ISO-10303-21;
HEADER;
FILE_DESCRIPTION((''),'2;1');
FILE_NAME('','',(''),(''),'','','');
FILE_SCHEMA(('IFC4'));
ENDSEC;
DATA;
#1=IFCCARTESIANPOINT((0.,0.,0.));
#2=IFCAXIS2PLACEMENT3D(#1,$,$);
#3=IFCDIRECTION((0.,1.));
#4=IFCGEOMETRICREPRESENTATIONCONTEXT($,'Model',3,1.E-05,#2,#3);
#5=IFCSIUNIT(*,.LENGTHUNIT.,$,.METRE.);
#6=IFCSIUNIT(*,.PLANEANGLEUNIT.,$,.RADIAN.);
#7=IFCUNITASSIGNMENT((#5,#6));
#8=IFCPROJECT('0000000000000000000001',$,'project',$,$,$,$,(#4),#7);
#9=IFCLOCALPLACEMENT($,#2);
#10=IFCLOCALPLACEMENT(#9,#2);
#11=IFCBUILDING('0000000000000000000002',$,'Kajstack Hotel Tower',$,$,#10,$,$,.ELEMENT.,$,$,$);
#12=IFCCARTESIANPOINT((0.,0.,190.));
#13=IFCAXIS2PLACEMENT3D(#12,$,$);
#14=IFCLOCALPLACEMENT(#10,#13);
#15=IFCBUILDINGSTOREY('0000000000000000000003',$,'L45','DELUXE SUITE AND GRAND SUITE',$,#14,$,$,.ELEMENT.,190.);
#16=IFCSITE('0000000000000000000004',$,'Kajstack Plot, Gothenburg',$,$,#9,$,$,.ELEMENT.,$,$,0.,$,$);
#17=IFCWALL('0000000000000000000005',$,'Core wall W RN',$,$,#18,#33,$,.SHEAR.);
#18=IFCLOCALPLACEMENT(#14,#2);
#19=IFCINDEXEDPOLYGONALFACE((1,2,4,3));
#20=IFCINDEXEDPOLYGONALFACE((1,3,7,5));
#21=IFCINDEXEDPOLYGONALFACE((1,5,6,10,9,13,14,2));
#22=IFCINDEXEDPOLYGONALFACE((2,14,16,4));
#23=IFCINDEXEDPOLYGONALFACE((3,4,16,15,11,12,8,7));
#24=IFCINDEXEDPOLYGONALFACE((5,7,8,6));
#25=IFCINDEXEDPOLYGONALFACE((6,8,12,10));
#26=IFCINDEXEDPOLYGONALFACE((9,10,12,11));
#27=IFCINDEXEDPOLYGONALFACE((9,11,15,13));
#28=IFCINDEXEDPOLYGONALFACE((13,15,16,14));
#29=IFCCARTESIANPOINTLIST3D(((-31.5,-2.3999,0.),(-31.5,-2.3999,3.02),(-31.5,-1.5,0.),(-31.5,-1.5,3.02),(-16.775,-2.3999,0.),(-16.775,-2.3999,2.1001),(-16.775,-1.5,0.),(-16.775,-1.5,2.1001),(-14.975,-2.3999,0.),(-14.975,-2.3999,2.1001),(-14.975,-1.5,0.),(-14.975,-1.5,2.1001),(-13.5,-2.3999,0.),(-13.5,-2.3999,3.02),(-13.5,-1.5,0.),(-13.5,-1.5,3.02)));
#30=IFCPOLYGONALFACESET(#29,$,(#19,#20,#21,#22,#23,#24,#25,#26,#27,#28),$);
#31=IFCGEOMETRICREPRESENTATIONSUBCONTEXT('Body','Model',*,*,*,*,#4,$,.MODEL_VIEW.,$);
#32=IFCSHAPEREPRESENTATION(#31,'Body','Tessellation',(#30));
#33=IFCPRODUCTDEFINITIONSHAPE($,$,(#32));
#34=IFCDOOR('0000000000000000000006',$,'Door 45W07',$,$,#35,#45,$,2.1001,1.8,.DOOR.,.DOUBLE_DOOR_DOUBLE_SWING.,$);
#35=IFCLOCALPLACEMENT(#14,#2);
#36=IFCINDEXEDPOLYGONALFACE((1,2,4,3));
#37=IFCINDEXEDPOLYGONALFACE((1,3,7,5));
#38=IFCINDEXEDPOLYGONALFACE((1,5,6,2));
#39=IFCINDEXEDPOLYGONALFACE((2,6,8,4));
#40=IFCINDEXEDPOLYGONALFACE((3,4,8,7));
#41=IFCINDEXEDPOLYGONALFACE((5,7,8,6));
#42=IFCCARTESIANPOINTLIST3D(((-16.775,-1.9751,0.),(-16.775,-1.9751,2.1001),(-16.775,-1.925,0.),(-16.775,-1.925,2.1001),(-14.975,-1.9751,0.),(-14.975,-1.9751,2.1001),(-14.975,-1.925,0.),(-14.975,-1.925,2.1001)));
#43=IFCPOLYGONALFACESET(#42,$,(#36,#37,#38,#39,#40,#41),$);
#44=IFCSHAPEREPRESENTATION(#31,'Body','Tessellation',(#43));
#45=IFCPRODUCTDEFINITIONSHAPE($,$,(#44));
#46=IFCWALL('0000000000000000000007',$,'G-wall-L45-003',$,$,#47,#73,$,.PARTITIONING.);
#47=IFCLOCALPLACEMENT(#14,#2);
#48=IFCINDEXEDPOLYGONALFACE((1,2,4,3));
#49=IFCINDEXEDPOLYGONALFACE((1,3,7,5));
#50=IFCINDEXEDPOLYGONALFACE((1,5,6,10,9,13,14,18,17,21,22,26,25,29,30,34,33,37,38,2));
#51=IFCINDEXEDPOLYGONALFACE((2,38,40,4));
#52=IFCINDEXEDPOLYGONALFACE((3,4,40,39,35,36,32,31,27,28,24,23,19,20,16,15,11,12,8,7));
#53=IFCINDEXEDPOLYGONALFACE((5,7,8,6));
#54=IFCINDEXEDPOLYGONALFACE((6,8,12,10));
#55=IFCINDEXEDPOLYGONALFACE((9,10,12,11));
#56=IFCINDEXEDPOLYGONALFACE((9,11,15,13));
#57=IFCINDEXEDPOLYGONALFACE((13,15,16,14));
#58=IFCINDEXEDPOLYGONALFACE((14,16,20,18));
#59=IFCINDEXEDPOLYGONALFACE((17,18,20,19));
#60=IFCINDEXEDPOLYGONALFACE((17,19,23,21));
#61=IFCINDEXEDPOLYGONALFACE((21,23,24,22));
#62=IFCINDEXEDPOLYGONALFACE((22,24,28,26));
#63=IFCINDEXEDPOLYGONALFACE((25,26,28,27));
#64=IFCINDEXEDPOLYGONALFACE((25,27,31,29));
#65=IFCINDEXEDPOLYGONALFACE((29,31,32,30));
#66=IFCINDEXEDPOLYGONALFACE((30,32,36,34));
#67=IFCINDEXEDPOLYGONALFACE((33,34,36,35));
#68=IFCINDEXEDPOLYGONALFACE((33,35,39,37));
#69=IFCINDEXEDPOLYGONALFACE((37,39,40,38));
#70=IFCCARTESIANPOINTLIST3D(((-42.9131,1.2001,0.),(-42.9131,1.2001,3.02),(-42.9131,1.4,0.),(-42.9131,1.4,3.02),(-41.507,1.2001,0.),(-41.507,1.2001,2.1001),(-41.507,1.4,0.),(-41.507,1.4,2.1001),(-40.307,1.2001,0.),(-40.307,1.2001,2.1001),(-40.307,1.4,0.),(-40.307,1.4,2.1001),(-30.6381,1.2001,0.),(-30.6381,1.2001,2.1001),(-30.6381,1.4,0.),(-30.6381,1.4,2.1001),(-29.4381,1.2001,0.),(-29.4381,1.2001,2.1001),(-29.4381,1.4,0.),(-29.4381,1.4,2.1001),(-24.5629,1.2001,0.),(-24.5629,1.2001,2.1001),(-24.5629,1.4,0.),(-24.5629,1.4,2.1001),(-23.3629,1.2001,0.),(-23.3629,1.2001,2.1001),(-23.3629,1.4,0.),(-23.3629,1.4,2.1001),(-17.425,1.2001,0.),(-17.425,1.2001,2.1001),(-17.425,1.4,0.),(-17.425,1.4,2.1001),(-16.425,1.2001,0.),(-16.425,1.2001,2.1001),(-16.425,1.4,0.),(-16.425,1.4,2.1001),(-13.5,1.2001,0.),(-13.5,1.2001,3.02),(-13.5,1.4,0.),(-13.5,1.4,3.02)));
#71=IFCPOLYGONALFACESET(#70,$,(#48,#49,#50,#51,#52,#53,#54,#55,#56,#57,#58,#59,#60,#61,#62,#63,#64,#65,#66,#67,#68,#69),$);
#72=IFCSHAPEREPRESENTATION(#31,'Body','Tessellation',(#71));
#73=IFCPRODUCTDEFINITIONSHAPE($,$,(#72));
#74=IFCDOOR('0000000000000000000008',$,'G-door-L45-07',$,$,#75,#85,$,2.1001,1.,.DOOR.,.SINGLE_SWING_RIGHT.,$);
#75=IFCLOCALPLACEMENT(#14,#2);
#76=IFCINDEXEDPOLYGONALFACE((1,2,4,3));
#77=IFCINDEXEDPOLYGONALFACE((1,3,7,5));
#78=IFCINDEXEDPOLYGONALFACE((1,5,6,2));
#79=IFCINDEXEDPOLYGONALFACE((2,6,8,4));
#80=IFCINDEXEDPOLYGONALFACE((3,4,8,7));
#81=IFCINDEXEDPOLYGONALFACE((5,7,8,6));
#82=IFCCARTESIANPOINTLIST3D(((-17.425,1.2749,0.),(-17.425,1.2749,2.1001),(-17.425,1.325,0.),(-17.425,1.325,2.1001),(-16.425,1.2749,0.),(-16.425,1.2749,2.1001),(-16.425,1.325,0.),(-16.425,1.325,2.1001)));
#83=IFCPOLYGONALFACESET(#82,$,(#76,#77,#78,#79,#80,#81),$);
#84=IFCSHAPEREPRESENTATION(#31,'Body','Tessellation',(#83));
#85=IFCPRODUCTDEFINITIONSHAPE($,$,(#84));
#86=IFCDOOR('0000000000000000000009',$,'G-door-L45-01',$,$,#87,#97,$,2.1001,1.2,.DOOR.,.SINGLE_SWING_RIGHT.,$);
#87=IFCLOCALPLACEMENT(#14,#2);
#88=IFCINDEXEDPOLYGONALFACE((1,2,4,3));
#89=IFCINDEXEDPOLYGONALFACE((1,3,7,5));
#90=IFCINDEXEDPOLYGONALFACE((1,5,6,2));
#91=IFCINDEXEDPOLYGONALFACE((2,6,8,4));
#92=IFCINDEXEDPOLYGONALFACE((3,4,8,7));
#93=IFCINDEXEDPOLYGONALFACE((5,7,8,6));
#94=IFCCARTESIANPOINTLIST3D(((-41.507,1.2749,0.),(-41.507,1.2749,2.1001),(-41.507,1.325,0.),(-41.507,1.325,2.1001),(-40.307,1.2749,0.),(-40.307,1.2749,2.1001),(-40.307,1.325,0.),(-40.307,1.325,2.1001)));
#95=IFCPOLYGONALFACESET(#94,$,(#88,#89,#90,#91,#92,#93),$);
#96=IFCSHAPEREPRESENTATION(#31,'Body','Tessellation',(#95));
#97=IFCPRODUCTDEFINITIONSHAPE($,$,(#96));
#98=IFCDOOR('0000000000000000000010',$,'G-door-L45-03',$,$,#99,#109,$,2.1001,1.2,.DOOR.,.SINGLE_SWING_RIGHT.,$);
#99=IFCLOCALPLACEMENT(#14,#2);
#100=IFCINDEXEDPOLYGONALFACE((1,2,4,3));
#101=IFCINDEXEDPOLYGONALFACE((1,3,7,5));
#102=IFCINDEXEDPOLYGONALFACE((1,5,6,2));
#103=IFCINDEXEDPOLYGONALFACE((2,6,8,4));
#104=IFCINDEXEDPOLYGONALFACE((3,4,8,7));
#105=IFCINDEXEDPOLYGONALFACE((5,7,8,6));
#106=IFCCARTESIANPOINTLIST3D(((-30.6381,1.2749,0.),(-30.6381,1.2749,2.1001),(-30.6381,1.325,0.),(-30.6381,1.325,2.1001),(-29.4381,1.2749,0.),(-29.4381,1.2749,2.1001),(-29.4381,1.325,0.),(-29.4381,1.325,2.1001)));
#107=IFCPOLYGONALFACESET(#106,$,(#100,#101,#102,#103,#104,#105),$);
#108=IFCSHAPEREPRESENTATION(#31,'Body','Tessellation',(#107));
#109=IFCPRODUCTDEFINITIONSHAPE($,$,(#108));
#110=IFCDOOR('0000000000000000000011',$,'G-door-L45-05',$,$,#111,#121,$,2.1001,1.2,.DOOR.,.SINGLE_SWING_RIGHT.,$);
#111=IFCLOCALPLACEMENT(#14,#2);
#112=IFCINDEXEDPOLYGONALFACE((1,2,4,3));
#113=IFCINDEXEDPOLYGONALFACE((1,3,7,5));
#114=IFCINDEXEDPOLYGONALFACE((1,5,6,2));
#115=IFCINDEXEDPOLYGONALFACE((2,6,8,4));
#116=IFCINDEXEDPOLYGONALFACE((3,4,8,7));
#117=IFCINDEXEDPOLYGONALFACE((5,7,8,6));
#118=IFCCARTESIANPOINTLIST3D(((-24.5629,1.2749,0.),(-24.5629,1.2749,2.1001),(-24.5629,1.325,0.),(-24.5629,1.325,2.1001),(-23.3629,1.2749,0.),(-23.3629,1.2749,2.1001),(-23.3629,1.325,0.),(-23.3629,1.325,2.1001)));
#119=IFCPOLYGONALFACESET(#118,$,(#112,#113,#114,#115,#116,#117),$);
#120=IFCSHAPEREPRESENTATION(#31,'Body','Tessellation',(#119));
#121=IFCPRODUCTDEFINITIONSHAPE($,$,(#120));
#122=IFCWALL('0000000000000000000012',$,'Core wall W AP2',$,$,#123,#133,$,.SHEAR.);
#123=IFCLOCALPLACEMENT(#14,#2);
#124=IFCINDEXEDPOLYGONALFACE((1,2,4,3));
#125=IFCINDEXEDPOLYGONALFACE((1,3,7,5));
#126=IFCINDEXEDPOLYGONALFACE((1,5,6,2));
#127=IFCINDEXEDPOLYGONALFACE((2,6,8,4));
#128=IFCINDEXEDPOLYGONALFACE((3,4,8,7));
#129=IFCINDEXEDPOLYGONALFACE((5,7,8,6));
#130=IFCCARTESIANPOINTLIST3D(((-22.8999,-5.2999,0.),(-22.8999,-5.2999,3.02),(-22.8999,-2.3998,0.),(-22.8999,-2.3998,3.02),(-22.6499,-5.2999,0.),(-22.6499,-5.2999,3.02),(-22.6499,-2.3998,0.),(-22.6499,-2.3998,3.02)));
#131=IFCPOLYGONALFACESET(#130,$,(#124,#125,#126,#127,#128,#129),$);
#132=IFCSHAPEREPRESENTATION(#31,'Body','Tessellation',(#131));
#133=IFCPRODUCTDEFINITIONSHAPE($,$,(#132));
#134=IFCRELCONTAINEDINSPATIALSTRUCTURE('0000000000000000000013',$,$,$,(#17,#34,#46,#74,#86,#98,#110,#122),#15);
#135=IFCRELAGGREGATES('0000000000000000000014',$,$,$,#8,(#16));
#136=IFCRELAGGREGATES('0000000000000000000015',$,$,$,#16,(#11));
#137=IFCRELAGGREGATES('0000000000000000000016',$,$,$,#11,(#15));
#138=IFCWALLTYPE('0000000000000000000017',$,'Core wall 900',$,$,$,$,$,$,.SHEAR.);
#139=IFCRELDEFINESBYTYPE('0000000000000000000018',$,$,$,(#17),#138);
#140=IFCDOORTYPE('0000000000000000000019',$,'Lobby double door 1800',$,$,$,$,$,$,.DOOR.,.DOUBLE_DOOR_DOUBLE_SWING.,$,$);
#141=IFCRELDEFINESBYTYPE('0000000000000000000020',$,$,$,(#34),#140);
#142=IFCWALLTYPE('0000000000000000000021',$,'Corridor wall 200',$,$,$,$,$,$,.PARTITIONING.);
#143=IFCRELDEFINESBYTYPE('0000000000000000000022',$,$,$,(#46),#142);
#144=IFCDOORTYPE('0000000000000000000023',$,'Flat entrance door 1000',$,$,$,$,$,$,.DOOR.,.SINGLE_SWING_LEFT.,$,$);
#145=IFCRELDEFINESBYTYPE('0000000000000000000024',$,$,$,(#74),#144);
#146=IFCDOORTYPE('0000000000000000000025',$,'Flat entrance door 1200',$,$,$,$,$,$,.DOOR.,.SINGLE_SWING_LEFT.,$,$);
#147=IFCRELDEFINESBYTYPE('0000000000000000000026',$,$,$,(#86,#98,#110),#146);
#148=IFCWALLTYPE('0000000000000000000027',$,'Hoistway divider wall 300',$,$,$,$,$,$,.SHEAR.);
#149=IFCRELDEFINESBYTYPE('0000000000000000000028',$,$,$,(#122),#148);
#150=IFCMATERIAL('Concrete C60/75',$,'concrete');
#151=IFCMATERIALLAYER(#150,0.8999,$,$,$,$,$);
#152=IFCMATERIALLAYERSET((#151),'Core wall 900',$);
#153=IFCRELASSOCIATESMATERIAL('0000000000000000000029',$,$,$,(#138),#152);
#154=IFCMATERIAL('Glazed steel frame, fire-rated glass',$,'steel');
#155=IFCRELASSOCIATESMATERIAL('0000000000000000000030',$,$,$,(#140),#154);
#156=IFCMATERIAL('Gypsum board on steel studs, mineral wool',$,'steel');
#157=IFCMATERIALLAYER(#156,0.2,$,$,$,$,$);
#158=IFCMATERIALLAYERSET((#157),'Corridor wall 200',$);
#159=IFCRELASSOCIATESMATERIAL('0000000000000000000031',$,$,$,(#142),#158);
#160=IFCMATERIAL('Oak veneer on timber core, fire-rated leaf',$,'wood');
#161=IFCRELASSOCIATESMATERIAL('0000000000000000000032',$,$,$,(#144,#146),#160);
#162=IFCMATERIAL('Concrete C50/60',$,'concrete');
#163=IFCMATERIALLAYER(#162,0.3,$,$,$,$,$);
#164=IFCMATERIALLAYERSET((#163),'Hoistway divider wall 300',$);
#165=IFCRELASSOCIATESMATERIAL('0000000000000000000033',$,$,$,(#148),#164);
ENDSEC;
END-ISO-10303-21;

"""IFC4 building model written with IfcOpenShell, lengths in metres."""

from ifc_helpers import new_model, si_unit, direction, frame, frame_2d, origin, place, context, subcontext, project, spatial, rectangle, extrude, material, layer, layer_set, type_object, element, fill, save


model = new_model("IFC4")

# Units and contexts
model_context = context("Model", 3, precision=1e-05, world=origin(), true_north=direction((0.0, 1.0)))
body_context = subcontext(model_context, "Body", "Model", "MODEL_VIEW")
ifc_project = project(units=[si_unit("LENGTHUNIT", "METRE"), si_unit("PLANEANGLEUNIT", "RADIAN")], contexts=[model_context])

# Site, building, storey
site_placement = place(None, origin())
site = spatial("IfcSite", under=ifc_project, at=site_placement, Name="Kajstack Plot, Gothenburg", CompositionType="ELEMENT", RefElevation=0.0)
building_placement = place(site_placement, origin())
building = spatial("IfcBuilding", under=site, at=building_placement, Name="Kajstack Hotel Tower", CompositionType="ELEMENT")
storey_placement = place(building_placement, frame((0.0, 0.0, 190.0)))
storey = spatial("IfcBuildingStorey", under=building, at=storey_placement, Name="L45", Description="DELUXE SUITE AND GRAND SUITE", CompositionType="ELEMENT", Elevation=190.0)

# Wall, opening, door
ifc_material_1 = material(Name="Concrete C60/75", Category="concrete")
ifc_layer_1 = layer(ifc_material_1, 0.8999)
ifc_layer_set_1 = layer_set([ifc_layer_1], Name="Core wall 900")
wall_type_1 = type_object("IfcWallType", Name="Core wall 900", PredefinedType="SHEAR", material=ifc_layer_set_1)
wall_1_placement = place(storey_placement, frame((-31.5, -1.95, 0.0), z_axis=(0.0, 0.0, 1.0), x_axis=(1.0, 0.0, 0.0)))
wall_1 = element("IfcWall", 1, at=wall_1_placement, inside=storey, type_object=wall_type_1, Name="Core wall W RN", PredefinedType="SHEAR", context=body_context, shape_type="SweptSolid", body=[
    extrude(rectangle(XDim=18.0, YDim=0.8999, at=frame_2d((9.0, 0.0))), origin(), (0.0, 0.0, 1.0), 3.02),
])
opening_1_placement = place(wall_1_placement, frame((14.7251, 0.0, 0.0)))
opening_1 = element("IfcOpeningElement", 2, at=opening_1_placement, cuts=wall_1, PredefinedType="OPENING", context=body_context, shape_type="SweptSolid", body=[
    extrude(rectangle(XDim=1.8, YDim=2.1001, at=frame_2d((0.8999, 1.05))), frame((0.0, 0.46, 0.0), z_axis=(0.0, -1.0, 0.0), x_axis=(1.0, 0.0, 0.0)), (0.0, 0.0, 1.0), 0.9199),
])
ifc_material_2 = material(Name="Glazed steel frame, fire-rated glass", Category="steel")
door_type_1 = type_object("IfcDoorType", Name="Lobby double door 1800", OperationType="DOUBLE_DOOR_DOUBLE_SWING", PredefinedType="DOOR", material=ifc_material_2)
door_1_placement = place(opening_1_placement, origin())
door_1 = element("IfcDoor", 3, at=door_1_placement, inside=storey, type_object=door_type_1, Name="Door 45W07", OperationType="DOUBLE_DOOR_DOUBLE_SWING", OverallHeight=2.1001, OverallWidth=1.8, PredefinedType="DOOR", context=body_context, shape_type="SweptSolid", body=[
    extrude(rectangle(XDim=1.8, YDim=2.1001, at=frame_2d((0.8999, 1.05))), frame((0.0, 0.0249, 0.0), z_axis=(0.0, -1.0, 0.0), x_axis=(1.0, 0.0, 0.0)), (0.0, 0.0, 1.0), 0.05),
])
fill(opening_1, door_1)

# Wall, openings, doors
ifc_material_3 = material(Name="Gypsum board on steel studs, mineral wool", Category="steel")
ifc_layer_2 = layer(ifc_material_3, 0.2)
ifc_layer_set_2 = layer_set([ifc_layer_2], Name="Corridor wall 200")
wall_type_2 = type_object("IfcWallType", Name="Corridor wall 200", PredefinedType="PARTITIONING", material=ifc_layer_set_2)
wall_2_placement = place(storey_placement, frame((-42.9131, 1.3, 0.0), z_axis=(0.0, 0.0, 1.0), x_axis=(1.0, 0.0, 0.0)))
wall_2 = element("IfcWall", 4, at=wall_2_placement, inside=storey, type_object=wall_type_2, Name="G-wall-L45-003", PredefinedType="PARTITIONING", context=body_context, shape_type="SweptSolid", body=[
    extrude(rectangle(XDim=29.4131, YDim=0.2, at=frame_2d((14.7065, 0.0))), origin(), (0.0, 0.0, 1.0), 3.02),
])
opening_2_placement = place(wall_2_placement, frame((1.406, 0.0, 0.0)))
opening_2 = element("IfcOpeningElement", 5, at=opening_2_placement, cuts=wall_2, PredefinedType="OPENING", context=body_context, shape_type="SweptSolid", body=[
    extrude(rectangle(XDim=1.2, YDim=2.1001, at=frame_2d((0.6001, 1.05))), frame((0.0, 0.1099, 0.0), z_axis=(0.0, -1.0, 0.0), x_axis=(1.0, 0.0, 0.0)), (0.0, 0.0, 1.0), 0.22),
])
opening_3_placement = place(wall_2_placement, frame((12.2749, 0.0, 0.0)))
opening_3 = element("IfcOpeningElement", 6, at=opening_3_placement, cuts=wall_2, PredefinedType="OPENING", context=body_context, shape_type="SweptSolid", body=[
    extrude(rectangle(XDim=1.2, YDim=2.1001, at=frame_2d((0.6001, 1.05))), frame((0.0, 0.1099, 0.0), z_axis=(0.0, -1.0, 0.0), x_axis=(1.0, 0.0, 0.0)), (0.0, 0.0, 1.0), 0.22),
])
opening_4_placement = place(wall_2_placement, frame((18.3501, 0.0, 0.0)))
opening_4 = element("IfcOpeningElement", 7, at=opening_4_placement, cuts=wall_2, PredefinedType="OPENING", context=body_context, shape_type="SweptSolid", body=[
    extrude(rectangle(XDim=1.2, YDim=2.1001, at=frame_2d((0.6001, 1.05))), frame((0.0, 0.1099, 0.0), z_axis=(0.0, -1.0, 0.0), x_axis=(1.0, 0.0, 0.0)), (0.0, 0.0, 1.0), 0.22),
])
opening_5_placement = place(wall_2_placement, frame((25.488, 0.0, 0.0)))
opening_5 = element("IfcOpeningElement", 8, at=opening_5_placement, cuts=wall_2, PredefinedType="OPENING", context=body_context, shape_type="SweptSolid", body=[
    extrude(rectangle(XDim=1.0, YDim=2.1001, at=frame_2d((0.5, 1.05))), frame((0.0, 0.1099, 0.0), z_axis=(0.0, -1.0, 0.0), x_axis=(1.0, 0.0, 0.0)), (0.0, 0.0, 1.0), 0.22),
])
ifc_material_4 = material(Name="Oak veneer on timber core, fire-rated leaf", Category="wood")
door_type_2 = type_object("IfcDoorType", Name="Flat entrance door 1000", OperationType="SINGLE_SWING_LEFT", PredefinedType="DOOR", material=ifc_material_4)
door_2_placement = place(opening_5_placement, origin())
door_2 = element("IfcDoor", 9, at=door_2_placement, inside=storey, type_object=door_type_2, Name="G-door-L45-07", OperationType="SINGLE_SWING_RIGHT", OverallHeight=2.1001, OverallWidth=1.0, PredefinedType="DOOR", context=body_context, shape_type="SweptSolid", body=[
    extrude(rectangle(XDim=1.0, YDim=2.1001, at=frame_2d((0.5, 1.05))), frame((0.0, 0.0249, 0.0), z_axis=(0.0, -1.0, 0.0), x_axis=(1.0, 0.0, 0.0)), (0.0, 0.0, 1.0), 0.05),
])
fill(opening_5, door_2)
door_type_3 = type_object("IfcDoorType", Name="Flat entrance door 1200", OperationType="SINGLE_SWING_LEFT", PredefinedType="DOOR", material=ifc_material_4)
door_3_placement = place(opening_2_placement, origin())
door_3 = element("IfcDoor", 10, at=door_3_placement, inside=storey, type_object=door_type_3, Name="G-door-L45-01", OperationType="SINGLE_SWING_RIGHT", OverallHeight=2.1001, OverallWidth=1.2, PredefinedType="DOOR", context=body_context, shape_type="SweptSolid", body=[
    extrude(rectangle(XDim=1.2, YDim=2.1001, at=frame_2d((0.6001, 1.05))), frame((0.0, 0.0249, 0.0), z_axis=(0.0, -1.0, 0.0), x_axis=(1.0, 0.0, 0.0)), (0.0, 0.0, 1.0), 0.05),
])
fill(opening_2, door_3)
door_4_placement = place(opening_3_placement, origin())
door_4 = element("IfcDoor", 11, at=door_4_placement, inside=storey, type_object=door_type_3, Name="G-door-L45-03", OperationType="SINGLE_SWING_RIGHT", OverallHeight=2.1001, OverallWidth=1.2, PredefinedType="DOOR", context=body_context, shape_type="SweptSolid", body=[
    extrude(rectangle(XDim=1.2, YDim=2.1001, at=frame_2d((0.6001, 1.05))), frame((0.0, 0.0249, 0.0), z_axis=(0.0, -1.0, 0.0), x_axis=(1.0, 0.0, 0.0)), (0.0, 0.0, 1.0), 0.05),
])
fill(opening_3, door_4)
door_5_placement = place(opening_4_placement, origin())
door_5 = element("IfcDoor", 12, at=door_5_placement, inside=storey, type_object=door_type_3, Name="G-door-L45-05", OperationType="SINGLE_SWING_RIGHT", OverallHeight=2.1001, OverallWidth=1.2, PredefinedType="DOOR", context=body_context, shape_type="SweptSolid", body=[
    extrude(rectangle(XDim=1.2, YDim=2.1001, at=frame_2d((0.6001, 1.05))), frame((0.0, 0.0249, 0.0), z_axis=(0.0, -1.0, 0.0), x_axis=(1.0, 0.0, 0.0)), (0.0, 0.0, 1.0), 0.05),
])
fill(opening_4, door_5)

# Wall
ifc_material_5 = material(Name="Concrete C50/60", Category="concrete")
ifc_layer_3 = layer(ifc_material_5, 0.3)
ifc_layer_set_3 = layer_set([ifc_layer_3], Name="Hoistway divider wall 300")
wall_type_3 = type_object("IfcWallType", Name="Hoistway divider wall 300", PredefinedType="SHEAR", material=ifc_layer_set_3)
wall_3_placement = place(storey_placement, frame((-22.7749, -5.3, 0.0), z_axis=(0.0, 0.0, 1.0), x_axis=(0.0, 1.0, 0.0)))
element("IfcWall", 13, at=wall_3_placement, inside=storey, type_object=wall_type_3, Name="Core wall W AP2", PredefinedType="SHEAR", context=body_context, shape_type="SweptSolid", body=[
    extrude(rectangle(XDim=2.9001, YDim=0.25, at=frame_2d((1.4502, 0.0))), origin(), (0.0, 0.0, 1.0), 3.02),
])

save(model, "model.ifc")
